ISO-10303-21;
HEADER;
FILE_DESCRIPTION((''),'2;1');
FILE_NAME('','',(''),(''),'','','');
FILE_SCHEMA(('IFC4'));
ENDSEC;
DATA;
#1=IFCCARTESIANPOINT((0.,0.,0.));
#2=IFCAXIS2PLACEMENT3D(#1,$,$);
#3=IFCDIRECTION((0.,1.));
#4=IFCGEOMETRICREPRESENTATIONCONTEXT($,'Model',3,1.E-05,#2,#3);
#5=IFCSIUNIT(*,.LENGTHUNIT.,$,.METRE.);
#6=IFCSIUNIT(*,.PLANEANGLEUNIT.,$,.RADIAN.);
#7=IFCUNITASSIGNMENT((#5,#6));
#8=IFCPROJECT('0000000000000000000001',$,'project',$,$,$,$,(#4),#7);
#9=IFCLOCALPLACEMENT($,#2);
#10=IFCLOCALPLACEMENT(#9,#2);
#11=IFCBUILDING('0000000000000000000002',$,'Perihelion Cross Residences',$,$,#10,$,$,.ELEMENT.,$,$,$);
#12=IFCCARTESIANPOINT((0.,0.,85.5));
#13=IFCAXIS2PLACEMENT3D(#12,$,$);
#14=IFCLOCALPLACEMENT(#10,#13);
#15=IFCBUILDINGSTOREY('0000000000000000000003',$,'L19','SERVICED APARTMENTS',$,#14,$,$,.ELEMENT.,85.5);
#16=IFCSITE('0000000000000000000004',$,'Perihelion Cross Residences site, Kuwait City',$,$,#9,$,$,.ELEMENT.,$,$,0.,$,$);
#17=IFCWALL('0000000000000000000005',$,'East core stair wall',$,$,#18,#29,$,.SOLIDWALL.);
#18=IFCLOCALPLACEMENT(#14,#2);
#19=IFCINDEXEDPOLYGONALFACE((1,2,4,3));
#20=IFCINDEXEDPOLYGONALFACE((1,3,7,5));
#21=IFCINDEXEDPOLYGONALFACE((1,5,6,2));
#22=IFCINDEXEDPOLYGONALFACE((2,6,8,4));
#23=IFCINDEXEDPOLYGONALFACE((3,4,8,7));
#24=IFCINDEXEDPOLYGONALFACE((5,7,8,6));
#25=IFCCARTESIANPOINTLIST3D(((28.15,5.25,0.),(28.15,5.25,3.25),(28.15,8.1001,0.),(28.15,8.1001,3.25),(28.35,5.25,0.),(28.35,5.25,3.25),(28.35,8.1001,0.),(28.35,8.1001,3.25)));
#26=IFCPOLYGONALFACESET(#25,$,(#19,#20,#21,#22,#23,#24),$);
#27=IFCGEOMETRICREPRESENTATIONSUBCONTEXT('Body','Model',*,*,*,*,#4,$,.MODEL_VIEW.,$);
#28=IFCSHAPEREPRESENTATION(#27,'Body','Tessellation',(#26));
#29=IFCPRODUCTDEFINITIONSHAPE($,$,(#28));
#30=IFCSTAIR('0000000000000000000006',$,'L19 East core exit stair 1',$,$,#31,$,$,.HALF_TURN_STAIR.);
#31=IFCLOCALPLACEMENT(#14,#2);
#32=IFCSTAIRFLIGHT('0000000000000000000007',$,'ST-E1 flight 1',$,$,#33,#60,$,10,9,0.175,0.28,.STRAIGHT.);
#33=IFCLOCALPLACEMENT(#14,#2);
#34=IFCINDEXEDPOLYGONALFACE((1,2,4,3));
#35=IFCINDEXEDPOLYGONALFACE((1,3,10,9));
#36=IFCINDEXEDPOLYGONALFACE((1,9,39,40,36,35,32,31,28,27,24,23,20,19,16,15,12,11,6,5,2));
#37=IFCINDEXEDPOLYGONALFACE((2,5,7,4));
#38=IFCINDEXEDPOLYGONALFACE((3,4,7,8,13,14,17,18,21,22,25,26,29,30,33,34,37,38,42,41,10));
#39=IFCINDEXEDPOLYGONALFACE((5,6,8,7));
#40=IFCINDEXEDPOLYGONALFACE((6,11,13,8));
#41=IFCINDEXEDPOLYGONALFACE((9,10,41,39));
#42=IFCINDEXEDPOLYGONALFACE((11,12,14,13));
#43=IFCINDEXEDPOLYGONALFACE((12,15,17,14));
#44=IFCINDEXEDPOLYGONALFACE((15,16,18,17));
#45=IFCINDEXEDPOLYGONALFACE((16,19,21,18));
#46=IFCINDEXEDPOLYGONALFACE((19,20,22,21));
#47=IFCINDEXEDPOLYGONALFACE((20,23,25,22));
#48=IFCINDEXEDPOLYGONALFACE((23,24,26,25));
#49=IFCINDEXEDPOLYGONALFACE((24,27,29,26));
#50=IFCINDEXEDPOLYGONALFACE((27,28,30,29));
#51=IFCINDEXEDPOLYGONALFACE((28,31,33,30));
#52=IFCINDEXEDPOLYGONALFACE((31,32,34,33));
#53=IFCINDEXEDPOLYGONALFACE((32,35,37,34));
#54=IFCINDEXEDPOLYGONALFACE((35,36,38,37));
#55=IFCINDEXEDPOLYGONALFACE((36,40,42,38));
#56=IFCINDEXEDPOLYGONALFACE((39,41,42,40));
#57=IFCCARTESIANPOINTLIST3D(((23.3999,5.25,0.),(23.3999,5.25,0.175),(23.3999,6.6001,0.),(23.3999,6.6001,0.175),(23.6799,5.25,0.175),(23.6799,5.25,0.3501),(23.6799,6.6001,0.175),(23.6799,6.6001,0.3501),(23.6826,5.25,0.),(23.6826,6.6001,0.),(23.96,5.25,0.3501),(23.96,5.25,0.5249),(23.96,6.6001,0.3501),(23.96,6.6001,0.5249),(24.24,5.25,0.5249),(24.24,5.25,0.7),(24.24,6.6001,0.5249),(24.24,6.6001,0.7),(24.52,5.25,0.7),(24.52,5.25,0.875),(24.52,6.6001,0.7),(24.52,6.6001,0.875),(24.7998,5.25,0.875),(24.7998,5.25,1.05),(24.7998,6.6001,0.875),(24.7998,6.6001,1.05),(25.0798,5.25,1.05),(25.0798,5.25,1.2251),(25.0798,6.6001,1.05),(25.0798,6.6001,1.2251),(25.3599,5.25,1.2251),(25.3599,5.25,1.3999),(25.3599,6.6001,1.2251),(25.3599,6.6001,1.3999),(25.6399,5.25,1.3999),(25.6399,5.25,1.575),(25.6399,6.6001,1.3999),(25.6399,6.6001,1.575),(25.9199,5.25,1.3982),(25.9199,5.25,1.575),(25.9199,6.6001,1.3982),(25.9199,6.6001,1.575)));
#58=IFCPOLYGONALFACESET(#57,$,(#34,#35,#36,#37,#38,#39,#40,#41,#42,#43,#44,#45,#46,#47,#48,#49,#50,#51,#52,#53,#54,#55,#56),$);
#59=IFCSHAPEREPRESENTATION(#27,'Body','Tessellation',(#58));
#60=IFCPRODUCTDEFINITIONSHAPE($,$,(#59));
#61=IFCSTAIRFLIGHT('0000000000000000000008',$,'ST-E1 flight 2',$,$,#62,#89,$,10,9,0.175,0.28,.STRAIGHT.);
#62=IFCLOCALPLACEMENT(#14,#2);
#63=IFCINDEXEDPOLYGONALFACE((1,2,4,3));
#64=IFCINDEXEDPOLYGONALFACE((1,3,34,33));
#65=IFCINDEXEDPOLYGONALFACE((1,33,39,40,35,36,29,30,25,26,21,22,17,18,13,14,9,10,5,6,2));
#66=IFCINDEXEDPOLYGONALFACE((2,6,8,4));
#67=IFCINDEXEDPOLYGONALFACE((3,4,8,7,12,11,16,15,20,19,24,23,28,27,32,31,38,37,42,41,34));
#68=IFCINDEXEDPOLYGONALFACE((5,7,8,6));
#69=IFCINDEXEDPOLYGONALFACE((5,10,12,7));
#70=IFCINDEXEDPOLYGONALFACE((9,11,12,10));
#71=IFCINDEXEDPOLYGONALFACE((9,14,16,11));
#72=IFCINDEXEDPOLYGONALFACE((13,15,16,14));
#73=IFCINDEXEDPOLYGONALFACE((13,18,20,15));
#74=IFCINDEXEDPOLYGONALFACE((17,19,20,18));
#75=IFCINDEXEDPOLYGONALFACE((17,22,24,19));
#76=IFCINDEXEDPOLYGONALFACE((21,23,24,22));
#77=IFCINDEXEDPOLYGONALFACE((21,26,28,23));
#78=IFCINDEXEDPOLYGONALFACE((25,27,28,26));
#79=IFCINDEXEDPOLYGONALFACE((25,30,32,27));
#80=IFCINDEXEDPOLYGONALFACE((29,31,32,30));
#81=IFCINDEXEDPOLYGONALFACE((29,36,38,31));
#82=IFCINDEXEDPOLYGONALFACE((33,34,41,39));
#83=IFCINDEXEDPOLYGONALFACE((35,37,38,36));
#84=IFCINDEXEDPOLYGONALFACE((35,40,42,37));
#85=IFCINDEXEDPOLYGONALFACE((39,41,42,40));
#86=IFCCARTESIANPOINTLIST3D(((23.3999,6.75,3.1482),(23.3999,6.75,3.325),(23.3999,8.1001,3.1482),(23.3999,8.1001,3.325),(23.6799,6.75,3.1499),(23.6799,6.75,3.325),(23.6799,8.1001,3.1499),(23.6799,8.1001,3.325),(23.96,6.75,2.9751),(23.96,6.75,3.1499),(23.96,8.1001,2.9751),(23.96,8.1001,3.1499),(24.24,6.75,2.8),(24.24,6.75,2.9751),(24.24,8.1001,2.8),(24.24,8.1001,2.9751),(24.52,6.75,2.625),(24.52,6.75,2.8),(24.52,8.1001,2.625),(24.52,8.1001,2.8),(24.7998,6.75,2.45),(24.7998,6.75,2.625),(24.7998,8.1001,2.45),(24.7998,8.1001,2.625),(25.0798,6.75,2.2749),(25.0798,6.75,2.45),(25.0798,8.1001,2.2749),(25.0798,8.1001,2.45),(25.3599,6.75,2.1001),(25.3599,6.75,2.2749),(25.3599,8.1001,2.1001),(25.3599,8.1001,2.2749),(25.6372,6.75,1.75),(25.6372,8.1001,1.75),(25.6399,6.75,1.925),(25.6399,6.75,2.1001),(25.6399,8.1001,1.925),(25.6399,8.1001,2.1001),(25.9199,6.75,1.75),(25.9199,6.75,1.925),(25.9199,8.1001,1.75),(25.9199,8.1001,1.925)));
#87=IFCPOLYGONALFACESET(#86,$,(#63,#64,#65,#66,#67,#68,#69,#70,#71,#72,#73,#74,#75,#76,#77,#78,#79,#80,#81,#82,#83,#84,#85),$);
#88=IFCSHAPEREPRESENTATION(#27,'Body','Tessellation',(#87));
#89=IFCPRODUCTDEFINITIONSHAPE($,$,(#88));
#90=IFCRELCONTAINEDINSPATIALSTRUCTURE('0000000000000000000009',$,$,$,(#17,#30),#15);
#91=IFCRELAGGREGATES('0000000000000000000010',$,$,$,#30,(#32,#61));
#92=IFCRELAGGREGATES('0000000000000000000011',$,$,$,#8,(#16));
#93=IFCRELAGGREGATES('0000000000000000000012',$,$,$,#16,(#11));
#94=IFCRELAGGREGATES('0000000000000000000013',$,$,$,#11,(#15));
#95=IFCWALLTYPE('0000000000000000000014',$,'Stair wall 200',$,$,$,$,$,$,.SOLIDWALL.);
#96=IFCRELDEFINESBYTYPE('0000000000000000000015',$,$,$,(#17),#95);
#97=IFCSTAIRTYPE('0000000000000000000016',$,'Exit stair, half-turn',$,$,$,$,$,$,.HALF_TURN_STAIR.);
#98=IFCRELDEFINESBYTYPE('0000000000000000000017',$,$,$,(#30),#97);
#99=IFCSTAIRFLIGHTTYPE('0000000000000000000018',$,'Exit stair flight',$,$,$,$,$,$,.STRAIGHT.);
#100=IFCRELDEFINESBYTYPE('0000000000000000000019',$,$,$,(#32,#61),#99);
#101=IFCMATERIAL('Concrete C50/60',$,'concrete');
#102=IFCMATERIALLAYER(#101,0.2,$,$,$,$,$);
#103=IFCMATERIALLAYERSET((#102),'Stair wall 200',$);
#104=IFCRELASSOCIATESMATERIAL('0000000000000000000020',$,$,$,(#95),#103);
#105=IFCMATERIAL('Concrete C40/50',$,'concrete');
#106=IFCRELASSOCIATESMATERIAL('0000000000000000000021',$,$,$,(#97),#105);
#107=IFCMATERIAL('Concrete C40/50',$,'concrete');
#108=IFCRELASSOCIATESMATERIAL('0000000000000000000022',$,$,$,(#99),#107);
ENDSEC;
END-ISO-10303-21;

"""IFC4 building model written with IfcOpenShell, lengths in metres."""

from ifc_helpers import new_model, si_unit, direction, frame, frame_2d, origin, place, context, subcontext, project, spatial, polyline, rectangle, outline, extrude, material, layer, layer_set, type_object, element, aggregate, save


model = new_model("IFC4")

# Units and contexts
model_context = context("Model", 3, precision=1e-05, world=origin(), true_north=direction((0.0, 1.0)))
body_context = subcontext(model_context, "Body", "Model", "MODEL_VIEW")
ifc_project = project(units=[si_unit("LENGTHUNIT", "METRE"), si_unit("PLANEANGLEUNIT", "RADIAN")], contexts=[model_context])

# Site, building, storey
site_placement = place(None, origin())
site = spatial("IfcSite", under=ifc_project, at=site_placement, Name="Perihelion Cross Residences site, Kuwait City", CompositionType="ELEMENT", RefElevation=0.0)
building_placement = place(site_placement, origin())
building = spatial("IfcBuilding", under=site, at=building_placement, Name="Perihelion Cross Residences", CompositionType="ELEMENT")
storey_placement = place(building_placement, frame((0.0, 0.0, 85.5)))
storey = spatial("IfcBuildingStorey", under=building, at=storey_placement, Name="L19", Description="SERVICED APARTMENTS", CompositionType="ELEMENT", Elevation=85.5)

# Wall
ifc_material_1 = material(Name="Concrete C50/60", Category="concrete")
ifc_layer_1 = layer(ifc_material_1, 0.2)
ifc_layer_set_1 = layer_set([ifc_layer_1], Name="Stair wall 200")
wall_type_1 = type_object("IfcWallType", Name="Stair wall 200", PredefinedType="SOLIDWALL", material=ifc_layer_set_1)
wall_1_placement = place(storey_placement, frame((28.25, 5.25, 0.0), z_axis=(0.0, 0.0, 1.0), x_axis=(0.0, 1.0, 0.0)))
element("IfcWall", 1, at=wall_1_placement, inside=storey, type_object=wall_type_1, Name="East core stair wall", PredefinedType="SOLIDWALL", context=body_context, shape_type="SweptSolid", body=[
    extrude(rectangle(XDim=2.8501, YDim=0.2, at=frame_2d((1.425, 0.0))), origin(), (0.0, 0.0, 1.0), 3.25),
])

# Stair, stair flights
ifc_material_2 = material(Name="Concrete C40/50", Category="concrete")
stair_type = type_object("IfcStairType", Name="Exit stair, half-turn", PredefinedType="HALF_TURN_STAIR", material=ifc_material_2)
stair_placement = place(storey_placement, origin())
stair = element("IfcStair", 2, at=stair_placement, inside=storey, type_object=stair_type, Name="L19 East core exit stair 1", PredefinedType="HALF_TURN_STAIR")
ifc_material_3 = material(Name="Concrete C40/50", Category="concrete")
stair_flight_type = type_object("IfcStairFlightType", Name="Exit stair flight", PredefinedType="STRAIGHT", material=ifc_material_3)
stair_flight_1_placement = place(storey_placement, frame((23.3999, 5.925, 0.0), z_axis=(0.0, 0.0, 1.0), x_axis=(1.0, 0.0, 0.0)))
stair_flight_1 = element("IfcStairFlight", 3, at=stair_flight_1_placement, type_object=stair_flight_type, Name="ST-E1 flight 1", NumberOfRisers=10, NumberOfTreads=9, PredefinedType="STRAIGHT", RiserHeight=0.175, TreadLength=0.28, context=body_context, shape_type="SweptSolid", body=[
    extrude(outline(polyline([(0.0, 0.0), (0.0, 0.175), (0.28, 0.175), (0.28, 0.3501), (0.5601, 0.3501), (0.5601, 0.5249), (0.8401, 0.5249), (0.8401, 0.7), (1.1201, 0.7), (1.1201, 0.875), (1.3999, 0.875), (1.3999, 1.05), (1.6799, 1.05), (1.6799, 1.2251), (1.96, 1.2251), (1.96, 1.3999), (2.24, 1.3999), (2.24, 1.575), (2.52, 1.575), (2.52, 1.75), (2.52, 1.3982), (0.2827, 0.0), (0.0, 0.0)])), frame((0.0, 0.675, 0.0), z_axis=(0.0, -1.0, 0.0), x_axis=(1.0, 0.0, 0.0)), (0.0, 0.0, 1.0), 1.3501),
])
stair_flight_2_placement = place(storey_placement, frame((25.9199, 7.425, 1.75), z_axis=(0.0, 0.0, 1.0), x_axis=(-1.0, 0.0, 0.0)))
stair_flight_2 = element("IfcStairFlight", 4, at=stair_flight_2_placement, type_object=stair_flight_type, Name="ST-E1 flight 2", NumberOfRisers=10, NumberOfTreads=9, PredefinedType="STRAIGHT", RiserHeight=0.175, TreadLength=0.28, context=body_context, shape_type="SweptSolid", body=[
    extrude(outline(polyline([(0.0, 0.0), (0.0, 0.175), (0.28, 0.175), (0.28, 0.3501), (0.5601, 0.3501), (0.5601, 0.5249), (0.8401, 0.5249), (0.8401, 0.7), (1.1201, 0.7), (1.1201, 0.875), (1.3999, 0.875), (1.3999, 1.05), (1.6799, 1.05), (1.6799, 1.2251), (1.96, 1.2251), (1.96, 1.3999), (2.24, 1.3999), (2.24, 1.575), (2.52, 1.575), (2.52, 1.75), (2.52, 1.3982), (0.2827, 0.0), (0.0, 0.0)])), frame((0.0, 0.675, 0.0), z_axis=(0.0, -1.0, 0.0), x_axis=(1.0, 0.0, 0.0)), (0.0, 0.0, 1.0), 1.3501),
])
aggregate(stair, [stair_flight_1, stair_flight_2])

save(model, "model.ifc")
